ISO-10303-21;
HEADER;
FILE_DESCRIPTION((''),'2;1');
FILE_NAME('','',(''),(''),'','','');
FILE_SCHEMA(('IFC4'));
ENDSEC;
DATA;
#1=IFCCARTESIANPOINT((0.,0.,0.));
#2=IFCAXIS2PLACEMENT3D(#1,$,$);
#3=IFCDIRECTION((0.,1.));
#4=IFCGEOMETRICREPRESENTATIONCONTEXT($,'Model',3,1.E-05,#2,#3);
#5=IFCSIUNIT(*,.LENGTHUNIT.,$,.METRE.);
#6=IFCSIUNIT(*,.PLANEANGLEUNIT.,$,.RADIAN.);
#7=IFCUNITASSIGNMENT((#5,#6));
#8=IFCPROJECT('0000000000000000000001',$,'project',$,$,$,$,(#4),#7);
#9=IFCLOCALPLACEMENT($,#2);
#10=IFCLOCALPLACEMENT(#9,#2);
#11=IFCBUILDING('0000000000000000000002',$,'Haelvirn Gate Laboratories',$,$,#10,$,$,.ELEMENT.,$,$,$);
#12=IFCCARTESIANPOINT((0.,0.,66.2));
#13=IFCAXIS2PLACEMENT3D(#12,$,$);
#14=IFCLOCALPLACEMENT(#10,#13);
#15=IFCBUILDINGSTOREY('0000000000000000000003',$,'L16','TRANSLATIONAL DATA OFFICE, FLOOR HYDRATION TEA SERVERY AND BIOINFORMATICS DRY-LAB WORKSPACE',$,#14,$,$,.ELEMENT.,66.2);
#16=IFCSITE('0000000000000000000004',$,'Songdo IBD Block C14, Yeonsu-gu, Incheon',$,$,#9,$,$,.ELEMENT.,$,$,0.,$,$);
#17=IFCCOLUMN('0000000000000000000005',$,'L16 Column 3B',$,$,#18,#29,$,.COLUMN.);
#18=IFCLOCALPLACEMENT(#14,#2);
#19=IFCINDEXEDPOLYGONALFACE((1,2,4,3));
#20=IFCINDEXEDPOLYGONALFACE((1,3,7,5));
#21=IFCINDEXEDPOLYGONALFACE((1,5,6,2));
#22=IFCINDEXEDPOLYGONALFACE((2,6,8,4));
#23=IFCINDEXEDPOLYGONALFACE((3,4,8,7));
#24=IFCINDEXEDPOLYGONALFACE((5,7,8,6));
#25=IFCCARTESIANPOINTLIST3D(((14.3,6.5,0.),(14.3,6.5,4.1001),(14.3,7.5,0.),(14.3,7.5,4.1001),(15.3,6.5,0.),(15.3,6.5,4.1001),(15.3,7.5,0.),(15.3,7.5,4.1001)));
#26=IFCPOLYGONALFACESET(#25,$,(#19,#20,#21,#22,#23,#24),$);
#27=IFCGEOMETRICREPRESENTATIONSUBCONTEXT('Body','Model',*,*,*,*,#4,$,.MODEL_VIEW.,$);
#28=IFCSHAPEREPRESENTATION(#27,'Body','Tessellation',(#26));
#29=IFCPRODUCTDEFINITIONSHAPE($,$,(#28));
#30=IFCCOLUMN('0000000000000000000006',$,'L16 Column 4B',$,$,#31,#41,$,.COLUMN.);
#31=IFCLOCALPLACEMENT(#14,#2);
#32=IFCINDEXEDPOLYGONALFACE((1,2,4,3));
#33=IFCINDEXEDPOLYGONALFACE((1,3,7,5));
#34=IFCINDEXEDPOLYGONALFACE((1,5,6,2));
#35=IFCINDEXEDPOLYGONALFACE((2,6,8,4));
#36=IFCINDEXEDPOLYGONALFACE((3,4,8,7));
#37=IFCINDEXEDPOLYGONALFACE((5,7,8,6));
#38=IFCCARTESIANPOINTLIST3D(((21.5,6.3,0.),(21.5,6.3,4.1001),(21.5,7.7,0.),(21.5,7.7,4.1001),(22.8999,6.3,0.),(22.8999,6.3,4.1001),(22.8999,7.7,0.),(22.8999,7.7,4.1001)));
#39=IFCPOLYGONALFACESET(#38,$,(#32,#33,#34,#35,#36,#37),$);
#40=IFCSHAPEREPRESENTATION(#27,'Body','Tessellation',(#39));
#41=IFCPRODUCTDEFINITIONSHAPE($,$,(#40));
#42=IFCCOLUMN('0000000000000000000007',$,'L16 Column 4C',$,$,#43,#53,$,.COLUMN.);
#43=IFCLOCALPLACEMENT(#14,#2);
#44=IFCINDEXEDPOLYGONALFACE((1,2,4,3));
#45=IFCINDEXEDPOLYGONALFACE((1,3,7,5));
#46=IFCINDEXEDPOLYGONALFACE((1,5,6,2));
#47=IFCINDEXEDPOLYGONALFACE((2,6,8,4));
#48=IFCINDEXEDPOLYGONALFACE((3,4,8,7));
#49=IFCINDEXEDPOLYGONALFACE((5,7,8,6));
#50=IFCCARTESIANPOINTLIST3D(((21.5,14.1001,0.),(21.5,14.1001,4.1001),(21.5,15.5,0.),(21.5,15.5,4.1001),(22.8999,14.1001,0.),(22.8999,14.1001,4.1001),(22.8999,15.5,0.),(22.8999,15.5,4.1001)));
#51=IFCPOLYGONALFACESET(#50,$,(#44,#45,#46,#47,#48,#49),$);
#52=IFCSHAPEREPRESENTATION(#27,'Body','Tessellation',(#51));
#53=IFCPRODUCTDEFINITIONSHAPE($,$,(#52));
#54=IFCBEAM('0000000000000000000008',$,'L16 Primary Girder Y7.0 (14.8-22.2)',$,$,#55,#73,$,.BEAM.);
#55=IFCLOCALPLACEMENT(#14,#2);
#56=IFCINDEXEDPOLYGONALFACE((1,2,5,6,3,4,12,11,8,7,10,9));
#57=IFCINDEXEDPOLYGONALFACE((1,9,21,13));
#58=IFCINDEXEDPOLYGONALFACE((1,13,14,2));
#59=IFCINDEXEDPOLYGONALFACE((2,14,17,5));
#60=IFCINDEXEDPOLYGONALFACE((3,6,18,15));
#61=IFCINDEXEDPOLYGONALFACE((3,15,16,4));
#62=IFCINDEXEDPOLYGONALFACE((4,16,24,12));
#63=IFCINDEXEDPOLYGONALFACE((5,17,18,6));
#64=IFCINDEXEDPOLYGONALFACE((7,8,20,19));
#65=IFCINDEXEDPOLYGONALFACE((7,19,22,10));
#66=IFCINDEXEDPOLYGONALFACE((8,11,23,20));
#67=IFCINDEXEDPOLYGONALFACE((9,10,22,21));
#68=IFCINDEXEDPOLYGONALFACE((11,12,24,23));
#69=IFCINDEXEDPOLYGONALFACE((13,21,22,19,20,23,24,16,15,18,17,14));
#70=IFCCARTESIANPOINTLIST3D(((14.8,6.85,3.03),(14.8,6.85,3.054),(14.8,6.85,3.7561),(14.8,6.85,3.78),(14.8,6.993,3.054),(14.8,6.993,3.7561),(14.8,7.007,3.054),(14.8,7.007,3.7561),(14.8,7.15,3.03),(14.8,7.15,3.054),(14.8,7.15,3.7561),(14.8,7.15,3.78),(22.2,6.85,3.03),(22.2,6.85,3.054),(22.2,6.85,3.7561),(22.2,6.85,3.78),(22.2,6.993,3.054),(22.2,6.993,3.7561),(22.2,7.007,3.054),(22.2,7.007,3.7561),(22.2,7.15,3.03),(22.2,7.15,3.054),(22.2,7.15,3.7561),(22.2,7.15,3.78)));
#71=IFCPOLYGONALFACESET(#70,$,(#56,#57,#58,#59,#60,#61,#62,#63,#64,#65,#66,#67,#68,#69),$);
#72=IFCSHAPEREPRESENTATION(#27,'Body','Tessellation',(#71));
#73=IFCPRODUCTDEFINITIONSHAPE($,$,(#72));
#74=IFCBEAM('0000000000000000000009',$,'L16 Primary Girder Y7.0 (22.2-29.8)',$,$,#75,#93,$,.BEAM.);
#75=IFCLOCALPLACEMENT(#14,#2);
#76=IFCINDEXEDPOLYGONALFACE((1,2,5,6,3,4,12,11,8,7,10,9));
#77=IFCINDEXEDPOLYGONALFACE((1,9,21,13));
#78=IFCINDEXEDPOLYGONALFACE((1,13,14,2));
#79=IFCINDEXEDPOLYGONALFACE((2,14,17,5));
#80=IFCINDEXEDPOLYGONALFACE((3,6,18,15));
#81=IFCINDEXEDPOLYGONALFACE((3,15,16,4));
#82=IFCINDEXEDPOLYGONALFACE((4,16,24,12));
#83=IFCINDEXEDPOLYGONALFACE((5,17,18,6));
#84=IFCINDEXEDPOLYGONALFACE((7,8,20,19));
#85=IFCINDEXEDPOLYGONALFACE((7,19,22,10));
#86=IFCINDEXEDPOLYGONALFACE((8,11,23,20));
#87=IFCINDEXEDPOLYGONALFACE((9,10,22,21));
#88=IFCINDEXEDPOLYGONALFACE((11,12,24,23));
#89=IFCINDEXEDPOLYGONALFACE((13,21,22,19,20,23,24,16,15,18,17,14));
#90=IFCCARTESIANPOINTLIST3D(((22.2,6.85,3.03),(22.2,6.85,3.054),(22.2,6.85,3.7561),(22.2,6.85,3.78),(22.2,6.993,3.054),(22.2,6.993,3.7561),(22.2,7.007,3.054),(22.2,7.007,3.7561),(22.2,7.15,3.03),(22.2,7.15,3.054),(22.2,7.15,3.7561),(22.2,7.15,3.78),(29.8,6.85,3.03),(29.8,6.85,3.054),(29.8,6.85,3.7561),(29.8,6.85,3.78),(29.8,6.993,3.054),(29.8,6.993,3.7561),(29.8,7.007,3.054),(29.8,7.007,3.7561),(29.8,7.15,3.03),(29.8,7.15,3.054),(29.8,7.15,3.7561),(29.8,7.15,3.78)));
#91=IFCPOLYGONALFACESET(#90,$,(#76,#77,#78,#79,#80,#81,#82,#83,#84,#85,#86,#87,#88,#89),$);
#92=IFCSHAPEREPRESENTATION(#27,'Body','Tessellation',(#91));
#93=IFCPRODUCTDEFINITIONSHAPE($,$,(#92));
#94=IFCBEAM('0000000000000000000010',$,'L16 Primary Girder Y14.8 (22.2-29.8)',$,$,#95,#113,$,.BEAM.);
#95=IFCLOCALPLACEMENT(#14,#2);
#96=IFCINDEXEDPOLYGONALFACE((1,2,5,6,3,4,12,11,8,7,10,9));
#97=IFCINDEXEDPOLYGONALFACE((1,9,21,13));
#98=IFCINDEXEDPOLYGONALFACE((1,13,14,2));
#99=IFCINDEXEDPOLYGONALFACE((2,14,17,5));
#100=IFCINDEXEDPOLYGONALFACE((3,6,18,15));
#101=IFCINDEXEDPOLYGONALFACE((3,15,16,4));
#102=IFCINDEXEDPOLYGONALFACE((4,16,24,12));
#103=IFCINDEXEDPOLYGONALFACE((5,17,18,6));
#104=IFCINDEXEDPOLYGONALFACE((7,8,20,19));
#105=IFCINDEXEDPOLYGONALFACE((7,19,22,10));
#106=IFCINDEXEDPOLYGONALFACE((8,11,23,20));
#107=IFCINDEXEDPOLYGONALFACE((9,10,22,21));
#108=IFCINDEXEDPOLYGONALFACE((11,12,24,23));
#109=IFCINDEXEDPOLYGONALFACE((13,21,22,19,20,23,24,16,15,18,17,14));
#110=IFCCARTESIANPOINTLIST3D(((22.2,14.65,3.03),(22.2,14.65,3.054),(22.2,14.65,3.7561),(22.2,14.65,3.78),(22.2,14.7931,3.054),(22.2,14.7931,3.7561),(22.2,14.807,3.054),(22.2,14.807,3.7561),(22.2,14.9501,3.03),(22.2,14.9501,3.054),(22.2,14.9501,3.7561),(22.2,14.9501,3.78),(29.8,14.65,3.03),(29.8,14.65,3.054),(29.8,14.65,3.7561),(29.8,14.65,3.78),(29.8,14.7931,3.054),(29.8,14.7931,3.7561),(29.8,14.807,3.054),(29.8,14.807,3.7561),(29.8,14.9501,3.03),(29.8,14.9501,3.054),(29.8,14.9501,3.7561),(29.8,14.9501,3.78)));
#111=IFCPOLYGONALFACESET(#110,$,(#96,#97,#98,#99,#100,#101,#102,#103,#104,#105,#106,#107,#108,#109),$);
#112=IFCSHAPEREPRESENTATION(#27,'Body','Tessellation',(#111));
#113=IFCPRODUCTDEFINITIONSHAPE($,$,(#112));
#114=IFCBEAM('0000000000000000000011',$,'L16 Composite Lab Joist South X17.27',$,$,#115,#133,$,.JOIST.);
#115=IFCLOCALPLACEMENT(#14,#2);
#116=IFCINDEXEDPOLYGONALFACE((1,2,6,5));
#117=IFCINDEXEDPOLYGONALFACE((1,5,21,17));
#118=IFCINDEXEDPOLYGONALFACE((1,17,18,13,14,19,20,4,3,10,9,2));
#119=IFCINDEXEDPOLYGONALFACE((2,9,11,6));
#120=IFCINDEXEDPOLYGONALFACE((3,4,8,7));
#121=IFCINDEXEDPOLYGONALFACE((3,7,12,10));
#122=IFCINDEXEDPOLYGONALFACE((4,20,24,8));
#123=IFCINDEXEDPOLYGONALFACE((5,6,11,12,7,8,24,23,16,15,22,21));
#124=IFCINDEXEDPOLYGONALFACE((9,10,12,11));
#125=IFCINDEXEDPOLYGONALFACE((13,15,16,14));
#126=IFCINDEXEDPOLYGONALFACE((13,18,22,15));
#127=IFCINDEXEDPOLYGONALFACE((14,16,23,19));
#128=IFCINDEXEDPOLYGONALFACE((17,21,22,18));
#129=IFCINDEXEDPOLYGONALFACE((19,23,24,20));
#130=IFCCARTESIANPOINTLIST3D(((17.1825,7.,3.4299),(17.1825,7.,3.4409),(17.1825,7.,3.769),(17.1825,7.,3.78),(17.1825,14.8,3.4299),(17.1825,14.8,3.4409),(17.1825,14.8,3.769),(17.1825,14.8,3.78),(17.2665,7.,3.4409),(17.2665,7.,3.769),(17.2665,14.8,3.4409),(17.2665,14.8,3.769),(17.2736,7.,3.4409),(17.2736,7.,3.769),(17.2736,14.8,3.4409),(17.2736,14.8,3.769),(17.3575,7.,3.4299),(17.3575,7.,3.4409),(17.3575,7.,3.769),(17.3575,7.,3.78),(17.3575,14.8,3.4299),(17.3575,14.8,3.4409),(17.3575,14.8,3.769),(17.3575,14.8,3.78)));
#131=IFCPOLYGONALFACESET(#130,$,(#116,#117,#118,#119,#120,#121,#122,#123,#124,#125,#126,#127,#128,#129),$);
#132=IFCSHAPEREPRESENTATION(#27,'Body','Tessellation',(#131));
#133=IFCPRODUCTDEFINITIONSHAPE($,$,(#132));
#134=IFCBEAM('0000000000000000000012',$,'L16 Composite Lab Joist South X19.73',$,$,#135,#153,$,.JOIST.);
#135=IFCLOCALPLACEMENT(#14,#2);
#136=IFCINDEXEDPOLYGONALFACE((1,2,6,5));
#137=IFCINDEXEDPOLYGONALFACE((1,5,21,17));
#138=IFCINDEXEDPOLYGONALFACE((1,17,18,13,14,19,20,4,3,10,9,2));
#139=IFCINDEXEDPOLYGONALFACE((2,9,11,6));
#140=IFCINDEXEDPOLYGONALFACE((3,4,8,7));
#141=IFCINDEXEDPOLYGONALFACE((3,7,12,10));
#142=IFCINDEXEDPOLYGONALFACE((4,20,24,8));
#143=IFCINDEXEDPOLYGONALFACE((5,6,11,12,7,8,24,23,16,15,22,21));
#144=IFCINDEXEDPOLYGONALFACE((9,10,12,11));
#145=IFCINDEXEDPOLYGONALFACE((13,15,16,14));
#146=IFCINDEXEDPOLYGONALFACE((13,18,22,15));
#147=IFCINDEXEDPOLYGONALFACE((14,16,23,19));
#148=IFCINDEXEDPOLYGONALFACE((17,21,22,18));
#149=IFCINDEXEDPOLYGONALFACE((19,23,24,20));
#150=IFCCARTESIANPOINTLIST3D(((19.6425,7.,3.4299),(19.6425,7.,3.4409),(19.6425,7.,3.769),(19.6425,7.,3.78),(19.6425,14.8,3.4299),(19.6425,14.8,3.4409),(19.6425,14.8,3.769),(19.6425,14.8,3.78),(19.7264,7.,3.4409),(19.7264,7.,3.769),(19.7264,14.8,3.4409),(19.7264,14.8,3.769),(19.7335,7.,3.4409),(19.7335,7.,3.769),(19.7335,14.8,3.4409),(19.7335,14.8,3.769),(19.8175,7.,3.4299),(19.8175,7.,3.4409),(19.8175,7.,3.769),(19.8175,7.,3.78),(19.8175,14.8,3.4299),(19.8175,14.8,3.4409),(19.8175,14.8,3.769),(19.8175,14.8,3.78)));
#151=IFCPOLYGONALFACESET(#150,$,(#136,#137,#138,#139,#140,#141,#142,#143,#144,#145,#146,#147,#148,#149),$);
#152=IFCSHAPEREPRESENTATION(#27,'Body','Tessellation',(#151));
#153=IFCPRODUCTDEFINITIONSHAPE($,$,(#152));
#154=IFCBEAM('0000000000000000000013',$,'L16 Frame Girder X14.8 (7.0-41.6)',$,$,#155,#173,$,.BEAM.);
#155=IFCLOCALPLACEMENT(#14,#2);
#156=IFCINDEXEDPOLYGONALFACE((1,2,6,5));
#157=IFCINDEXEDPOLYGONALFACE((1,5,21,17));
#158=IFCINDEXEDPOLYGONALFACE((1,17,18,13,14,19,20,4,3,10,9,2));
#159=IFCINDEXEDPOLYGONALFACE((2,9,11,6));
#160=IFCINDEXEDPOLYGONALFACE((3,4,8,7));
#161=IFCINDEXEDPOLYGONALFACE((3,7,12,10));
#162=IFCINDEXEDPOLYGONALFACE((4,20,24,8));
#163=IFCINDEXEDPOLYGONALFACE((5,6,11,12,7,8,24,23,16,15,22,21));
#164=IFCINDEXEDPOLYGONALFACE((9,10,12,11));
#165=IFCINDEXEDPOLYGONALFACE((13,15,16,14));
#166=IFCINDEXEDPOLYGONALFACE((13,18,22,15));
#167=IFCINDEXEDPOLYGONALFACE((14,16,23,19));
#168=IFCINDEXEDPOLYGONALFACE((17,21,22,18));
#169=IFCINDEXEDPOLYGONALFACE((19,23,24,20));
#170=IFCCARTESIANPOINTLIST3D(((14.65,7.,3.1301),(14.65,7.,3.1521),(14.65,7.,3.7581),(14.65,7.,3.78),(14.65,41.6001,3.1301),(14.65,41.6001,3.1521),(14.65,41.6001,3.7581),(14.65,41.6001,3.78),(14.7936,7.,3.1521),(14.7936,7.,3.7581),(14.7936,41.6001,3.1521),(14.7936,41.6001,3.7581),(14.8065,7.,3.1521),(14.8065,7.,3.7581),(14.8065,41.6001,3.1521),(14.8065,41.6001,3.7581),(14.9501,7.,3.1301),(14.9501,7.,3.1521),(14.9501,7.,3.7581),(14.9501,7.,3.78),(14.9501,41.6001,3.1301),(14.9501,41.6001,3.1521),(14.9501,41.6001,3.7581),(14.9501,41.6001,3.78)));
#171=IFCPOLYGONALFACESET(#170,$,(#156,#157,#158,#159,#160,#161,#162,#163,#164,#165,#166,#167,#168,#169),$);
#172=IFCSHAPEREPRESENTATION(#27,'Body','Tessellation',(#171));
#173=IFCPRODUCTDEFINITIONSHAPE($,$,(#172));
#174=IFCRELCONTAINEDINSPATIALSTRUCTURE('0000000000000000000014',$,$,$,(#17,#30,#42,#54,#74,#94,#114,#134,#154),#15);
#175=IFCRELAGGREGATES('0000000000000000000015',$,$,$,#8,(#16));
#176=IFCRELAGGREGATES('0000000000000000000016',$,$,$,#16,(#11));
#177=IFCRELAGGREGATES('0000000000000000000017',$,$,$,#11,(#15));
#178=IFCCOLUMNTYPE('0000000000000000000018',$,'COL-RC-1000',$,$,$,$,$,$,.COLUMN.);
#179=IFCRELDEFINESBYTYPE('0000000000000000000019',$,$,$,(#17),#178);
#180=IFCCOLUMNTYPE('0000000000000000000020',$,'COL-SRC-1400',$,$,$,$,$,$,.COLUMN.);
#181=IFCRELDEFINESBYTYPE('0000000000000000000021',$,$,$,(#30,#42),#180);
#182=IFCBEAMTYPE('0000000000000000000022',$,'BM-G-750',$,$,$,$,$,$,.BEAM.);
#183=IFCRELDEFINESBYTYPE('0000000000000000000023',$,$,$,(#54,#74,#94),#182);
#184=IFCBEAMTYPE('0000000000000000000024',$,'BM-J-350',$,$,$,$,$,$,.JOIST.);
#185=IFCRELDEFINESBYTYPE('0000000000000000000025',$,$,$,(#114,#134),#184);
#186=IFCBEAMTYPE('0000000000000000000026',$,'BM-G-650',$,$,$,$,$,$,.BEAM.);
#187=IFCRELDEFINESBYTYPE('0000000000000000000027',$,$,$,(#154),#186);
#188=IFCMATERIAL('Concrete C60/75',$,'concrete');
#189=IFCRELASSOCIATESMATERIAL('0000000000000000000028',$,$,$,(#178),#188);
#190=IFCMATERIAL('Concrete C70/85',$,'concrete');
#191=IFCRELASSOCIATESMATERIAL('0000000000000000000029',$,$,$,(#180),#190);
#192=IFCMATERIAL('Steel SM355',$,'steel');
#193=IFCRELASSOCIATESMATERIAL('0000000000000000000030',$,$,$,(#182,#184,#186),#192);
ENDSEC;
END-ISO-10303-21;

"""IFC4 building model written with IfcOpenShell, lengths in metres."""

from ifc_helpers import new_model, si_unit, direction, frame, origin, origin_2d, place, context, subcontext, project, spatial, rectangle, i_section, extrude, source, transform, mapped, material, material_profile, profile_set, type_object, type_shapes, element, save


model = new_model("IFC4")

# Units and contexts
model_context = context("Model", 3, precision=1e-05, world=origin(), true_north=direction((0.0, 1.0)))
body_context = subcontext(model_context, "Body", "Model", "MODEL_VIEW")
ifc_project = project(units=[si_unit("LENGTHUNIT", "METRE"), si_unit("PLANEANGLEUNIT", "RADIAN")], contexts=[model_context])

# Site, building, storey
site_placement = place(None, origin())
site = spatial("IfcSite", under=ifc_project, at=site_placement, Name="Songdo IBD Block C14, Yeonsu-gu, Incheon", CompositionType="ELEMENT", RefElevation=0.0)
building_placement = place(site_placement, origin())
building = spatial("IfcBuilding", under=site, at=building_placement, Name="Haelvirn Gate Laboratories", CompositionType="ELEMENT")
storey_placement = place(building_placement, frame((0.0, 0.0, 66.2)))
storey = spatial("IfcBuildingStorey", under=building, at=storey_placement, Name="L16", Description="TRANSLATIONAL DATA OFFICE, FLOOR HYDRATION TEA SERVERY AND BIOINFORMATICS DRY-LAB WORKSPACE", CompositionType="ELEMENT", Elevation=66.2)

# Columns
ifc_material_1 = material(Name="Concrete C60/75", Category="concrete")
ifc_material_profile_1 = material_profile(ifc_material_1, rectangle(XDim=1.0, YDim=1.0, at=origin_2d()), Name="RC-1000x1000")
ifc_profile_set_1 = profile_set([ifc_material_profile_1], Name="Concrete C60/75")
column_type_1 = type_object("IfcColumnType", Name="COL-RC-1000", PredefinedType="COLUMN", material=ifc_profile_set_1)
shared_shape_1 = source(origin(), body_context, "Body", "SweptSolid", [
    extrude(rectangle(XDim=1.0, YDim=1.0, at=origin_2d()), origin(), (0.0, 0.0, 1.0), 4.1001),
])
type_shapes(column_type_1, [shared_shape_1])
column_placement = place(storey_placement, frame((14.8, 7.0, 0.0), z_axis=(0.0, 0.0, 1.0), x_axis=(1.0, 0.0, 0.0)))
element("IfcColumn", 1, at=column_placement, inside=storey, type_object=column_type_1, Name="L16 Column 3B", PredefinedType="COLUMN", context=body_context, shape_type="MappedRepresentation", body=[
    mapped(shared_shape_1, transform((0.0, 0.0, 0.0), scale=1.0)),
])
ifc_material_2 = material(Name="Concrete C70/85", Category="concrete")
ifc_material_profile_2 = material_profile(ifc_material_2, rectangle(XDim=1.3999, YDim=1.3999, at=origin_2d()), Name="SRC-1400x1400")
ifc_profile_set_2 = profile_set([ifc_material_profile_2], Name="Concrete C70/85")
column_type_2 = type_object("IfcColumnType", Name="COL-SRC-1400", PredefinedType="COLUMN", material=ifc_profile_set_2)
shared_shape_2 = source(origin(), body_context, "Body", "SweptSolid", [
    extrude(rectangle(XDim=1.3999, YDim=1.3999, at=origin_2d()), origin(), (0.0, 0.0, 1.0), 4.1001),
])
type_shapes(column_type_2, [shared_shape_2])
for number, where, z_axis, x_axis, name in (
    (2, (22.2, 7.0, 0.0), (0.0, 0.0, 1.0), (1.0, 0.0, 0.0), "L16 Column 4B"),
    (3, (22.2, 14.8, 0.0), (0.0, 0.0, 1.0), (1.0, 0.0, 0.0), "L16 Column 4C"),
):
    element("IfcColumn", number, at=place(storey_placement, frame(where, z_axis=z_axis, x_axis=x_axis)), inside=storey, type_object=column_type_2, Name=name, PredefinedType="COLUMN", context=body_context, shape_type="MappedRepresentation", body=[
        mapped(shared_shape_2, transform((0.0, 0.0, 0.0), scale=1.0)),
    ])

# Beams
ifc_material_3 = material(Name="Steel SM355", Category="steel")
ifc_material_profile_3 = material_profile(ifc_material_3, i_section(OverallWidth=0.3, OverallDepth=0.75, WebThickness=0.0139, FlangeThickness=0.0239, at=origin_2d()), Name="H-750x300x14x24")
ifc_profile_set_3 = profile_set([ifc_material_profile_3], Name="Steel SM355")
beam_type_1 = type_object("IfcBeamType", Name="BM-G-750", PredefinedType="BEAM", material=ifc_profile_set_3)
shared_shape_3 = source(origin(), body_context, "Body", "SweptSolid", [
    extrude(i_section(OverallWidth=0.3, OverallDepth=0.75, WebThickness=0.0139, FlangeThickness=0.0239, at=origin_2d()), origin(), (0.0, 0.0, 1.0), 7.3999),
])
beam_1_placement = place(storey_placement, frame((14.8, 7.0, 3.405), z_axis=(1.0, 0.0, 0.0), x_axis=(0.0, 1.0, 0.0)))
element("IfcBeam", 4, at=beam_1_placement, inside=storey, type_object=beam_type_1, Name="L16 Primary Girder Y7.0 (14.8-22.2)", PredefinedType="BEAM", context=body_context, shape_type="MappedRepresentation", body=[
    mapped(shared_shape_3, transform((0.0, 0.0, 0.0), scale=1.0)),
])
shared_shape_4 = source(origin(), body_context, "Body", "SweptSolid", [
    extrude(i_section(OverallWidth=0.3, OverallDepth=0.75, WebThickness=0.0139, FlangeThickness=0.0239, at=origin_2d()), origin(), (0.0, 0.0, 1.0), 7.6001),
])
type_shapes(beam_type_1, [shared_shape_3, shared_shape_4])
for number, where, z_axis, x_axis, name in (
    (5, (22.2, 7.0, 3.405), (1.0, 0.0, 0.0), (0.0, 1.0, 0.0), "L16 Primary Girder Y7.0 (22.2-29.8)"),
    (6, (22.2, 14.8, 3.405), (1.0, 0.0, 0.0), (0.0, 1.0, 0.0), "L16 Primary Girder Y14.8 (22.2-29.8)"),
):
    element("IfcBeam", number, at=place(storey_placement, frame(where, z_axis=z_axis, x_axis=x_axis)), inside=storey, type_object=beam_type_1, Name=name, PredefinedType="BEAM", context=body_context, shape_type="MappedRepresentation", body=[
        mapped(shared_shape_4, transform((0.0, 0.0, 0.0), scale=1.0)),
    ])
ifc_material_profile_4 = material_profile(ifc_material_3, i_section(OverallWidth=0.175, OverallDepth=0.3501, WebThickness=0.0071, FlangeThickness=0.011, at=origin_2d()), Name="H-350x175x7x11")
ifc_profile_set_4 = profile_set([ifc_material_profile_4], Name="Steel SM355")
beam_type_2 = type_object("IfcBeamType", Name="BM-J-350", PredefinedType="JOIST", material=ifc_profile_set_4)
shared_shape_5 = source(origin(), body_context, "Body", "SweptSolid", [
    extrude(i_section(OverallWidth=0.175, OverallDepth=0.3501, WebThickness=0.0071, FlangeThickness=0.011, at=origin_2d()), origin(), (0.0, 0.0, 1.0), 7.8),
])
type_shapes(beam_type_2, [shared_shape_5])
for number, where, z_axis, x_axis, name in (
    (7, (17.27, 7.0, 3.605), (0.0, 1.0, 0.0), (-1.0, 0.0, 0.0), "L16 Composite Lab Joist South X17.27"),
    (8, (19.73, 7.0, 3.605), (0.0, 1.0, 0.0), (-1.0, 0.0, 0.0), "L16 Composite Lab Joist South X19.73"),
):
    element("IfcBeam", number, at=place(storey_placement, frame(where, z_axis=z_axis, x_axis=x_axis)), inside=storey, type_object=beam_type_2, Name=name, PredefinedType="JOIST", context=body_context, shape_type="MappedRepresentation", body=[
        mapped(shared_shape_5, transform((0.0, 0.0, 0.0), scale=1.0)),
    ])
ifc_material_profile_5 = material_profile(ifc_material_3, i_section(OverallWidth=0.3, OverallDepth=0.6499, WebThickness=0.0129, FlangeThickness=0.022, at=origin_2d()), Name="H-650x300x13x22")
ifc_profile_set_5 = profile_set([ifc_material_profile_5], Name="Steel SM355")
beam_type_3 = type_object("IfcBeamType", Name="BM-G-650", PredefinedType="BEAM", material=ifc_profile_set_5)
shared_shape_6 = source(origin(), body_context, "Body", "SweptSolid", [
    extrude(i_section(OverallWidth=0.3, OverallDepth=0.6499, WebThickness=0.0129, FlangeThickness=0.022, at=origin_2d()), origin(), (0.0, 0.0, 1.0), 34.6001),
])
beam_2_placement = place(storey_placement, frame((14.8, 7.0, 3.4551), z_axis=(0.0, 1.0, 0.0), x_axis=(-1.0, 0.0, 0.0)))
element("IfcBeam", 9, at=beam_2_placement, inside=storey, type_object=beam_type_3, Name="L16 Frame Girder X14.8 (7.0-41.6)", PredefinedType="BEAM", context=body_context, shape_type="MappedRepresentation", body=[
    mapped(shared_shape_6, transform((0.0, 0.0, 0.0), scale=1.0)),
])

save(model, "model.ifc")
